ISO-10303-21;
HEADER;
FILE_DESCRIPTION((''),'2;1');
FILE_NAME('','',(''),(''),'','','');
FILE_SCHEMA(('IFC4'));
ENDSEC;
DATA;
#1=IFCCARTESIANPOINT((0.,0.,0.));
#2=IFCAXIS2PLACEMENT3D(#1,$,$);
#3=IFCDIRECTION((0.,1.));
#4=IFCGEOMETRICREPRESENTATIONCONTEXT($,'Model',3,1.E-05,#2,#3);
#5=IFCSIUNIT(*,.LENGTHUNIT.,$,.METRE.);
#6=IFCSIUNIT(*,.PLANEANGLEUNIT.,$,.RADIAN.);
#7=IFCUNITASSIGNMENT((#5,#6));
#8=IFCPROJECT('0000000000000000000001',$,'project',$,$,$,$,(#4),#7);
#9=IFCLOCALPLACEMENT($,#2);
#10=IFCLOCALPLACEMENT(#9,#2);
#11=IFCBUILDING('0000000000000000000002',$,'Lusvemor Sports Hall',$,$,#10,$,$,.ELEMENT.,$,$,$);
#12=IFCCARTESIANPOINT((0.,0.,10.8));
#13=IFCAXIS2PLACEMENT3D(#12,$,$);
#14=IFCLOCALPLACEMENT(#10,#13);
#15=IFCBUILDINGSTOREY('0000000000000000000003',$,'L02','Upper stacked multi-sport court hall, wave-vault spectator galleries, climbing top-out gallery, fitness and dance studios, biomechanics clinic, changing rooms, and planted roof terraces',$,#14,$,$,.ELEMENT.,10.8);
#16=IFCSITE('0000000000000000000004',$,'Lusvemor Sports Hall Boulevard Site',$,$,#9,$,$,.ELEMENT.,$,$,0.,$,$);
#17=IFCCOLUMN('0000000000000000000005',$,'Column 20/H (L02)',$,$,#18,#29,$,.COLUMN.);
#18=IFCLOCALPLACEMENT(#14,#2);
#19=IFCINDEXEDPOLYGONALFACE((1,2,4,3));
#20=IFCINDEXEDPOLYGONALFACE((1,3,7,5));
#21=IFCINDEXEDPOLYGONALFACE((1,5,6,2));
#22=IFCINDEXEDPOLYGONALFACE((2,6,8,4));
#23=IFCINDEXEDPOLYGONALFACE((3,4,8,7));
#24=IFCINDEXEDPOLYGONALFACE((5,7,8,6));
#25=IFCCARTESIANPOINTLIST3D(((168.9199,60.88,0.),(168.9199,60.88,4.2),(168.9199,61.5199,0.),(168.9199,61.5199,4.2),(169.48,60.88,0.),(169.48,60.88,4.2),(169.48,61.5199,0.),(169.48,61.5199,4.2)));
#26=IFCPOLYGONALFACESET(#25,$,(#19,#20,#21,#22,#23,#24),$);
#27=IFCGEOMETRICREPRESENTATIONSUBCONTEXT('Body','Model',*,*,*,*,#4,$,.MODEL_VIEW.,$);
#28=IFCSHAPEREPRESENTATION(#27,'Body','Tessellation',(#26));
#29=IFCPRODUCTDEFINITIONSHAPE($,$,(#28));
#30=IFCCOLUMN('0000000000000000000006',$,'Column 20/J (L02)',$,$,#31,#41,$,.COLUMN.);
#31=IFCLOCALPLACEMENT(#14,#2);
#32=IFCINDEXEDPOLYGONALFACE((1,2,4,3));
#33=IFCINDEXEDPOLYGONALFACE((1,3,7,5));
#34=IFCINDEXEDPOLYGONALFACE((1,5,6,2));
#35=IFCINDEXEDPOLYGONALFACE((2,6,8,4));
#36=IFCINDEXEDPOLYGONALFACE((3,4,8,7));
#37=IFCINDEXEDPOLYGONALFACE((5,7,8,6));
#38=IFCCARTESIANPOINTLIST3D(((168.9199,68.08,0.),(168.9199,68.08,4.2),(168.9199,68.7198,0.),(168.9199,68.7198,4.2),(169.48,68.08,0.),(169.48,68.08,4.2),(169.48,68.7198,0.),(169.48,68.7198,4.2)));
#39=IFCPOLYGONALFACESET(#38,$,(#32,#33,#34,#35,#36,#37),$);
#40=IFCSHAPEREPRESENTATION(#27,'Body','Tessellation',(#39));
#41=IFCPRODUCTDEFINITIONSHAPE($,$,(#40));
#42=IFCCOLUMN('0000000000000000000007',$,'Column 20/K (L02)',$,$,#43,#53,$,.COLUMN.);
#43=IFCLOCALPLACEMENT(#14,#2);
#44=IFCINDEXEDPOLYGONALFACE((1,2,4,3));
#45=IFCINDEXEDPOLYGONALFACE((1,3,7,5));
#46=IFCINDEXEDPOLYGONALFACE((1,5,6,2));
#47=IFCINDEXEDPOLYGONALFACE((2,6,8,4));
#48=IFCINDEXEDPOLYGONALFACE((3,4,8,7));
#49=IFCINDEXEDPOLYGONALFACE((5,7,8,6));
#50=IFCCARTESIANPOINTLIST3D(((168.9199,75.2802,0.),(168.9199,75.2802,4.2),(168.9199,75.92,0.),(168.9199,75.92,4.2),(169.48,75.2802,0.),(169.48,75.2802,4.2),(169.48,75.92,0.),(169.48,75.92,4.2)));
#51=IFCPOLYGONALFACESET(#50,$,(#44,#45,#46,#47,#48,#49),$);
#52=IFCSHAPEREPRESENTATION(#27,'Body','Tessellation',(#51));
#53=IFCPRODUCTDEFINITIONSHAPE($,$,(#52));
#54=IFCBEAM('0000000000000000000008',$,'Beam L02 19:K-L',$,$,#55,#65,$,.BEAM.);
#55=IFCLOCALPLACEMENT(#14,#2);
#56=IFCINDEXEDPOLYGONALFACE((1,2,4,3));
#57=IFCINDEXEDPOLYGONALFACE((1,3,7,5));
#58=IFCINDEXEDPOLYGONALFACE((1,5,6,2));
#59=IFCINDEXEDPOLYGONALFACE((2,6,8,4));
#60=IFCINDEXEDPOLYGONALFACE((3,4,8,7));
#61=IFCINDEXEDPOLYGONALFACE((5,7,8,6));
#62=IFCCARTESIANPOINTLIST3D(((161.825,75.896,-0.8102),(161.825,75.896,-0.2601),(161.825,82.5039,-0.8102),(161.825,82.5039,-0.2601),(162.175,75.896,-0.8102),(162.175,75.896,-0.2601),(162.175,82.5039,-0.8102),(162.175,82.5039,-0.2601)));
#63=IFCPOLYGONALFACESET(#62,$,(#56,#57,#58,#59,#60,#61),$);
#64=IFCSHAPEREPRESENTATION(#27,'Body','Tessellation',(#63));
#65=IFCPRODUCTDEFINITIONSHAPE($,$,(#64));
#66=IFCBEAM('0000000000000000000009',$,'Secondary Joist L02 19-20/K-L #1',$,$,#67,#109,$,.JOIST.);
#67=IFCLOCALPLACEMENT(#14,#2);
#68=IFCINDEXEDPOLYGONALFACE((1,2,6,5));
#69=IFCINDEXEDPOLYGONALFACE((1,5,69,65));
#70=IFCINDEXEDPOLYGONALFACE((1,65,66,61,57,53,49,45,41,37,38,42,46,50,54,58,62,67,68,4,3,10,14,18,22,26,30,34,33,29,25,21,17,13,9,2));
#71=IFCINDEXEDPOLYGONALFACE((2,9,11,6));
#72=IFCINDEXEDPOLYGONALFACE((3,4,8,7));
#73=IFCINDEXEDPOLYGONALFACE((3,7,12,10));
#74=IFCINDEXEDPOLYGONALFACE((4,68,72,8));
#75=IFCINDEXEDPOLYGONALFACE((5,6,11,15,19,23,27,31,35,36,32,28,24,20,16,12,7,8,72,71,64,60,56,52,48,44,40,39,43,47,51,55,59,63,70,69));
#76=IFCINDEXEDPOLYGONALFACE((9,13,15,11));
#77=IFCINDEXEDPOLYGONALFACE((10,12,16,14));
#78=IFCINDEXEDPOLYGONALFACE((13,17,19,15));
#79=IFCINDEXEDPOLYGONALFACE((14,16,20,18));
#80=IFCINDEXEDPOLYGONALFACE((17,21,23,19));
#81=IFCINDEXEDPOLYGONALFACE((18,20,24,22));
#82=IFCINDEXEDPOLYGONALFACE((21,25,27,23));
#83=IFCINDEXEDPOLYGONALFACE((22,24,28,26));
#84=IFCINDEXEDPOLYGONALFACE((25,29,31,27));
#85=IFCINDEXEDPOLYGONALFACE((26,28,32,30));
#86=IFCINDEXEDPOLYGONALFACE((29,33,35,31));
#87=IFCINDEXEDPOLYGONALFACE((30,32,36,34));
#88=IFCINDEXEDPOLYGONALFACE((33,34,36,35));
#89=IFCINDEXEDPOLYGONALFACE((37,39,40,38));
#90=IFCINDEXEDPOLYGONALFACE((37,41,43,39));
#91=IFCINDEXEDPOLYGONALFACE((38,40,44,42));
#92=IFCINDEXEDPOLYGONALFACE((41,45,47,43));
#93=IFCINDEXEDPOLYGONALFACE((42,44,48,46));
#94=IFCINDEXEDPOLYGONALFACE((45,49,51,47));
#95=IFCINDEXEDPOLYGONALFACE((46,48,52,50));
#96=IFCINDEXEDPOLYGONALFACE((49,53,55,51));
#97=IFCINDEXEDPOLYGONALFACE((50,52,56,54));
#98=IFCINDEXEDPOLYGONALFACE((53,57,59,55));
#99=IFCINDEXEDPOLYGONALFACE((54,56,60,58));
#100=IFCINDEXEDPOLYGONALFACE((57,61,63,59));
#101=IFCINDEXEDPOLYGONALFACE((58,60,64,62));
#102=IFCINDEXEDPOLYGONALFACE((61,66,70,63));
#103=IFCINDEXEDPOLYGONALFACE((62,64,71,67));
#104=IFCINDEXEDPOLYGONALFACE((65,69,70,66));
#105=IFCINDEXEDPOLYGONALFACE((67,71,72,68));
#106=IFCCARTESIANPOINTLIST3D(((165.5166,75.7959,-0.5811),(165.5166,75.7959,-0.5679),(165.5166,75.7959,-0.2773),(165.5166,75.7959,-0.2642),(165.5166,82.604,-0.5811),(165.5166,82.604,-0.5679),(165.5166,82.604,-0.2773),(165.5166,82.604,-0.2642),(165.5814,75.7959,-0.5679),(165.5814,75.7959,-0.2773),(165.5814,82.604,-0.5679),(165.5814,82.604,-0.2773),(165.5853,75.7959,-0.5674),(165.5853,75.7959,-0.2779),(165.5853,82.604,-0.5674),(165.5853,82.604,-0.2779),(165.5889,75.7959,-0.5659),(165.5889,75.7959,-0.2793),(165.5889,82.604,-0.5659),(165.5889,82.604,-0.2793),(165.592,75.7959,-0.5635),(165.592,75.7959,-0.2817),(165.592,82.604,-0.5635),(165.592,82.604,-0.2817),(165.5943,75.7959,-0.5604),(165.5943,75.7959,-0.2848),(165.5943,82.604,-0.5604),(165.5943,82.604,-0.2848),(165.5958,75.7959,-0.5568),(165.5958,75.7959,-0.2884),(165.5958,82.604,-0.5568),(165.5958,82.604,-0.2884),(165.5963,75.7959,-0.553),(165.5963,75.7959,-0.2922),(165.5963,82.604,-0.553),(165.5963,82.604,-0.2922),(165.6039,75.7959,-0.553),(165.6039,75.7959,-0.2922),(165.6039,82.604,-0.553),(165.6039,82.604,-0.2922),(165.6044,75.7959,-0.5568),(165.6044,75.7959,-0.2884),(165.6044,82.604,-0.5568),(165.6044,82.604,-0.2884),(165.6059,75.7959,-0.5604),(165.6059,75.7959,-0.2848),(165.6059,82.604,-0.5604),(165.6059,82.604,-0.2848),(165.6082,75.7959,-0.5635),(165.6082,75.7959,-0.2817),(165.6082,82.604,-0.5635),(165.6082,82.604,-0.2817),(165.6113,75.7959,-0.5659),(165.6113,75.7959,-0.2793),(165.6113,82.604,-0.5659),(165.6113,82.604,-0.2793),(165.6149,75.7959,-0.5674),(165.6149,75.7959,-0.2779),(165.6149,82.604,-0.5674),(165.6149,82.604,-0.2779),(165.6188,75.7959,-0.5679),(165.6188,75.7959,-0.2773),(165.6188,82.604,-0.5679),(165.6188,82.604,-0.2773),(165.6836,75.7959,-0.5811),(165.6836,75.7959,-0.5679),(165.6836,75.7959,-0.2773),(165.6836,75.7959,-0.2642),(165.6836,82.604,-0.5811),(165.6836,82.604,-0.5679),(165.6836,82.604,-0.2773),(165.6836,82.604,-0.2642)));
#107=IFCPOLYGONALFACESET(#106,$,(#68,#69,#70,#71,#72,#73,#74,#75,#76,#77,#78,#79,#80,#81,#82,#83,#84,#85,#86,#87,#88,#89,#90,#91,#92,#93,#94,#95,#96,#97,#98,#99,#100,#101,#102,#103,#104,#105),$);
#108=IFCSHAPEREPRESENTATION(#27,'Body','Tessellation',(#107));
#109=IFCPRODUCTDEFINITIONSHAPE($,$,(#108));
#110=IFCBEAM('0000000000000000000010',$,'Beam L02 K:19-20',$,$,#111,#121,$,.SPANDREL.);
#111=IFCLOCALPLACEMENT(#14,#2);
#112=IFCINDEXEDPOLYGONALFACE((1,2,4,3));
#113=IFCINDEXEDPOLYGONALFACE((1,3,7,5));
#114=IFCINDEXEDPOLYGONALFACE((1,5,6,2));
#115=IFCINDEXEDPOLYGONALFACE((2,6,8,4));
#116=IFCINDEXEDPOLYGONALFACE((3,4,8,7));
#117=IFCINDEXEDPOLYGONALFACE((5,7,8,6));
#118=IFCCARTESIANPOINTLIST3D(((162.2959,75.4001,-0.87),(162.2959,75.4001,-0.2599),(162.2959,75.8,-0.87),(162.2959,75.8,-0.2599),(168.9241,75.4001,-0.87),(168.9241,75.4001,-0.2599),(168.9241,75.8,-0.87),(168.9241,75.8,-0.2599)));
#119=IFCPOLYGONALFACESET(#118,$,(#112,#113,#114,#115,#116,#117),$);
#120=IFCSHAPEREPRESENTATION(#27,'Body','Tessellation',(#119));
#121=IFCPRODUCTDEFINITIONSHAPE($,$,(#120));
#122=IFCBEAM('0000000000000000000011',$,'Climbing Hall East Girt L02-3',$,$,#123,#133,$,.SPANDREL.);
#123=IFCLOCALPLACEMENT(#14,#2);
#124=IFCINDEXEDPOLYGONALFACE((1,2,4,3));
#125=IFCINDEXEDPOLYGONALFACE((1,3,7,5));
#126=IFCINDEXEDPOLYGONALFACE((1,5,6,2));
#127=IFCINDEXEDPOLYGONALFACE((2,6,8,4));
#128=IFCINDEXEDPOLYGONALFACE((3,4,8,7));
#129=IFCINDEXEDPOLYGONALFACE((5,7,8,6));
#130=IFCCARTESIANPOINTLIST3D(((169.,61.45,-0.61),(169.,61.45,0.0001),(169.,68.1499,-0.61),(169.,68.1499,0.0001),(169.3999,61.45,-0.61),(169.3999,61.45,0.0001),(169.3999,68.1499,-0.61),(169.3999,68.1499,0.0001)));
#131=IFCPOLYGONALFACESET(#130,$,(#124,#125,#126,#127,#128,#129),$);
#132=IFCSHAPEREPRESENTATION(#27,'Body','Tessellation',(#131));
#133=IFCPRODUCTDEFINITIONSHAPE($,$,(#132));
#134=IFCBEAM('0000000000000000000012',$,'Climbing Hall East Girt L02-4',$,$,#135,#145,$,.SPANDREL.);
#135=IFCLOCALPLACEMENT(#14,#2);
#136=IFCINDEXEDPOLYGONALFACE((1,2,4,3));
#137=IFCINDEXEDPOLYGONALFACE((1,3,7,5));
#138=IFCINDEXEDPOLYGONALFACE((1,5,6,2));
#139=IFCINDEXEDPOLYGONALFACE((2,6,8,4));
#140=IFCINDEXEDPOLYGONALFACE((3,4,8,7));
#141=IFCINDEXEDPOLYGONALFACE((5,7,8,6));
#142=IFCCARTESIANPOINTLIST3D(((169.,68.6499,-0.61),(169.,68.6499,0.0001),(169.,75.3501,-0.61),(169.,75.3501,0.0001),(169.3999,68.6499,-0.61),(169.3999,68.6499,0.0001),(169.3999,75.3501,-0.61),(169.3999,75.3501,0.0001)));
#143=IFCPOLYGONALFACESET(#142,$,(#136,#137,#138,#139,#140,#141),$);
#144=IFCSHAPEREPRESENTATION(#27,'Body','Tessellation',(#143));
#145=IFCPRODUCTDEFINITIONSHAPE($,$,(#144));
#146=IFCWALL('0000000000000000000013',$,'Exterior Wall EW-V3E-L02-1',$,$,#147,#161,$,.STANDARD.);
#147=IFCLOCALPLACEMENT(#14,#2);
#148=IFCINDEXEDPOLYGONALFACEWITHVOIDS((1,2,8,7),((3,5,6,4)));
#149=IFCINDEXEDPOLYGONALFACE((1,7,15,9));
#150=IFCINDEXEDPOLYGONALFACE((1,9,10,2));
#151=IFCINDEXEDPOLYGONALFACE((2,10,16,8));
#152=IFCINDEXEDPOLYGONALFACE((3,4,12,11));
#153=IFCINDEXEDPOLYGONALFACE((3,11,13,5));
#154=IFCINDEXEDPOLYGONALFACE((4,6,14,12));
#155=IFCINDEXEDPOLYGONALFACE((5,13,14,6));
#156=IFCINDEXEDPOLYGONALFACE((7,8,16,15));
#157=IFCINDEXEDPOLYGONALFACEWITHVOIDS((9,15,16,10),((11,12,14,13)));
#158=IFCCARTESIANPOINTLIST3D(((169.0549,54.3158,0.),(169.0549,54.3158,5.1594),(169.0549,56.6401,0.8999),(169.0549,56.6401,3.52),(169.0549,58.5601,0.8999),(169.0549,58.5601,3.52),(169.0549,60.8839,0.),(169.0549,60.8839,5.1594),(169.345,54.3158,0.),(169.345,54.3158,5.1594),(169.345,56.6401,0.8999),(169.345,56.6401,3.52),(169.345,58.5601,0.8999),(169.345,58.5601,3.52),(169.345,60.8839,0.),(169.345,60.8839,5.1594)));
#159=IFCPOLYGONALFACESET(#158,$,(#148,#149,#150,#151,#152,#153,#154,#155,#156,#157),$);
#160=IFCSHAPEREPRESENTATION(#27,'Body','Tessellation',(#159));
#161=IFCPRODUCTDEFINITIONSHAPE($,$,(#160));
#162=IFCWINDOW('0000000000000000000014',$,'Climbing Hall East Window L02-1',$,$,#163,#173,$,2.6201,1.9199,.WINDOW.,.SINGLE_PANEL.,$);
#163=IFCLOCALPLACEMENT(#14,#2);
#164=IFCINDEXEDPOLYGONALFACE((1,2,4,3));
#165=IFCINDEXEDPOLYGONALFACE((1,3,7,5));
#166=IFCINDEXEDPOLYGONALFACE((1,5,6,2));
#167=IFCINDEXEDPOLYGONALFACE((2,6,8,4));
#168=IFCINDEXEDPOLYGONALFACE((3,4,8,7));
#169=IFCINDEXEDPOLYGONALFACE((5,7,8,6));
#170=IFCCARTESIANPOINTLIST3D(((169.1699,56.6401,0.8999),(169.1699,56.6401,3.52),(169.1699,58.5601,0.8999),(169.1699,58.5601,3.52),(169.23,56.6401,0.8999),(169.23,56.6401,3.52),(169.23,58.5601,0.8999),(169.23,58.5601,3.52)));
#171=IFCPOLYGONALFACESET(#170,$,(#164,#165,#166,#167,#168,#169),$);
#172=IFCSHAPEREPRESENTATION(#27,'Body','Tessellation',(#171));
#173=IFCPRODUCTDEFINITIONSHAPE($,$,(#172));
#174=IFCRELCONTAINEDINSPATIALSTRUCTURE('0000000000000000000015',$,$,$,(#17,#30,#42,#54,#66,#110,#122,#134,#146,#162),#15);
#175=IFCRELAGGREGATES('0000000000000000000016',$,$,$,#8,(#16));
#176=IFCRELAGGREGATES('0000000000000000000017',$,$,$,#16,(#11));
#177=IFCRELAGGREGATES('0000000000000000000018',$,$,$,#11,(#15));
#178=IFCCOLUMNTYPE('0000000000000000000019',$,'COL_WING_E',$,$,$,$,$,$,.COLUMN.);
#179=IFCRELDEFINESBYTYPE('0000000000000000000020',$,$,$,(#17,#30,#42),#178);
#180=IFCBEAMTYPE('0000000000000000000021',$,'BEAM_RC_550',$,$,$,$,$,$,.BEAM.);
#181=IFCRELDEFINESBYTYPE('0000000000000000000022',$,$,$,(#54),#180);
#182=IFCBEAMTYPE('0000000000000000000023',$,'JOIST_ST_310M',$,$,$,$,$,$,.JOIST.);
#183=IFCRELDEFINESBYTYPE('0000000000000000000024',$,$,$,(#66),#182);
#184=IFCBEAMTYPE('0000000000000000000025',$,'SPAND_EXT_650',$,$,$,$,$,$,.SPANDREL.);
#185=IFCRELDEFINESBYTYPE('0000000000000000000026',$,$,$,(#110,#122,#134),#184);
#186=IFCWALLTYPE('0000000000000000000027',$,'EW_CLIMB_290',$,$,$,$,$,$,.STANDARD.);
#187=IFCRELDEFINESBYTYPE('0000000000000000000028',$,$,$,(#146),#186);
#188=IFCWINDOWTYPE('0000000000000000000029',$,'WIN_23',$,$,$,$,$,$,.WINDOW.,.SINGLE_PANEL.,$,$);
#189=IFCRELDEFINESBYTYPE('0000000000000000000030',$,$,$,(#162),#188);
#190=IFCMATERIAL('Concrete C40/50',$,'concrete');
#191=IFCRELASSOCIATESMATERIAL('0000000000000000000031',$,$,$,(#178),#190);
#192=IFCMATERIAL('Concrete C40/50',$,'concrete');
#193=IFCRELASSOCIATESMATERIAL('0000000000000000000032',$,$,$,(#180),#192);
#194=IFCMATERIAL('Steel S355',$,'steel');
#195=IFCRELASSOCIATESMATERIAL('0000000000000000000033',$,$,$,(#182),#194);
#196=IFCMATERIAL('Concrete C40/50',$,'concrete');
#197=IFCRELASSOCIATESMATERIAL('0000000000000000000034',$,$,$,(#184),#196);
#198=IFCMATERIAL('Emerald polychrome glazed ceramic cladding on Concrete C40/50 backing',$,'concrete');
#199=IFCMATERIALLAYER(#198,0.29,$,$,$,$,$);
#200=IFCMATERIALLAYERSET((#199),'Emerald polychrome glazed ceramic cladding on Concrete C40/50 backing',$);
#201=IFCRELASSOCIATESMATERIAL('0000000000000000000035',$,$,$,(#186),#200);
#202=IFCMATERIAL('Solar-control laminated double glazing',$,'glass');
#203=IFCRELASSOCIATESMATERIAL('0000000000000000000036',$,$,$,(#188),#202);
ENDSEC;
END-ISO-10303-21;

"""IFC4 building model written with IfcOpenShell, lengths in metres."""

from ifc_helpers import new_model, si_unit, direction, frame, frame_2d, origin, origin_2d, place, context, subcontext, project, spatial, rectangle, i_section, extrude, material, layer, layer_set, material_profile, profile_set, type_object, element, fill, save


model = new_model("IFC4")

# Units and contexts
model_context = context("Model", 3, precision=1e-05, world=origin(), true_north=direction((0.0, 1.0)))
body_context = subcontext(model_context, "Body", "Model", "MODEL_VIEW")
ifc_project = project(units=[si_unit("LENGTHUNIT", "METRE"), si_unit("PLANEANGLEUNIT", "RADIAN")], contexts=[model_context])

# Site, building, storey
site_placement = place(None, origin())
site = spatial("IfcSite", under=ifc_project, at=site_placement, Name="Lusvemor Sports Hall Boulevard Site", CompositionType="ELEMENT", RefElevation=0.0)
building_placement = place(site_placement, origin())
building = spatial("IfcBuilding", under=site, at=building_placement, Name="Lusvemor Sports Hall", CompositionType="ELEMENT")
storey_placement = place(building_placement, frame((0.0, 0.0, 10.8)))
storey = spatial("IfcBuildingStorey", under=building, at=storey_placement, Name="L02", Description="Upper stacked multi-sport court hall, wave-vault spectator galleries, climbing top-out gallery, fitness and dance studios, biomechanics clinic, changing rooms, and planted roof terraces", CompositionType="ELEMENT", Elevation=10.8)

# Columns
ifc_material_1 = material(Name="Concrete C40/50", Category="concrete")
ifc_material_profile_1 = material_profile(ifc_material_1, rectangle(XDim=0.5601, YDim=0.6399, at=origin_2d()), Name="RC560x640")
ifc_profile_set_1 = profile_set([ifc_material_profile_1], Name="Concrete C40/50")
column_type = type_object("IfcColumnType", Name="COL_WING_E", PredefinedType="COLUMN", material=ifc_profile_set_1)
for number, where, z_axis, x_axis, name in (
    (1, (169.2, 61.2, 0.0), (0.0, 0.0, 1.0), (1.0, 0.0, 0.0), "Column 20/H (L02)"),
    (2, (169.2, 68.3999, 0.0), (0.0, 0.0, 1.0), (1.0, 0.0, 0.0), "Column 20/J (L02)"),
    (3, (169.2, 75.6001, 0.0), (0.0, 0.0, 1.0), (1.0, 0.0, 0.0), "Column 20/K (L02)"),
):
    element("IfcColumn", number, at=place(storey_placement, frame(where, z_axis=z_axis, x_axis=x_axis)), inside=storey, type_object=column_type, Name=name, PredefinedType="COLUMN", context=body_context, shape_type="SweptSolid", body=[
        extrude(rectangle(XDim=0.5601, YDim=0.6399, at=origin_2d()), origin(), (0.0, 0.0, 1.0), 4.2),
    ])

# Beams
ifc_material_2 = material(Name="Concrete C40/50", Category="concrete")
ifc_material_profile_2 = material_profile(ifc_material_2, rectangle(XDim=0.3501, YDim=0.55, at=origin_2d()), Name="RC350x550")
ifc_profile_set_2 = profile_set([ifc_material_profile_2], Name="Concrete C40/50")
beam_type_1 = type_object("IfcBeamType", Name="BEAM_RC_550", PredefinedType="BEAM", material=ifc_profile_set_2)
beam_1_placement = place(storey_placement, frame((162.0, 75.896, -0.5352), z_axis=(0.0, 1.0, 0.0), x_axis=(-1.0, 0.0, 0.0)))
element("IfcBeam", 4, at=beam_1_placement, inside=storey, type_object=beam_type_1, Name="Beam L02 19:K-L", PredefinedType="BEAM", context=body_context, shape_type="SweptSolid", body=[
    extrude(rectangle(XDim=0.3501, YDim=0.55, at=origin_2d()), origin(), (0.0, 0.0, 1.0), 6.6079),
])
ifc_material_3 = material(Name="Steel S355", Category="steel")
ifc_material_profile_3 = material_profile(ifc_material_3, i_section(OverallWidth=0.167, OverallDepth=0.3169, WebThickness=0.0076, FlangeThickness=0.0132, FilletRadius=0.0149, at=origin_2d()), Name="W310x52.0")
ifc_profile_set_3 = profile_set([ifc_material_profile_3], Name="Steel S355")
beam_type_2 = type_object("IfcBeamType", Name="JOIST_ST_310M", PredefinedType="JOIST", material=ifc_profile_set_3)
beam_2_placement = place(storey_placement, frame((165.6001, 75.7959, -0.4226), z_axis=(0.0, 1.0, 0.0), x_axis=(-1.0, 0.0, 0.0)))
element("IfcBeam", 5, at=beam_2_placement, inside=storey, type_object=beam_type_2, Name="Secondary Joist L02 19-20/K-L #1", PredefinedType="JOIST", context=body_context, shape_type="SweptSolid", body=[
    extrude(i_section(OverallWidth=0.167, OverallDepth=0.3169, WebThickness=0.0076, FlangeThickness=0.0132, FilletRadius=0.0149, at=origin_2d()), origin(), (0.0, 0.0, 1.0), 6.8081),
])
ifc_material_4 = material(Name="Concrete C40/50", Category="concrete")
ifc_material_profile_4 = material_profile(ifc_material_4, rectangle(XDim=0.3999, YDim=0.6101, at=origin_2d()), Name="RC400x610")
ifc_profile_set_4 = profile_set([ifc_material_profile_4], Name="Concrete C40/50")
beam_type_3 = type_object("IfcBeamType", Name="SPAND_EXT_650", PredefinedType="SPANDREL", material=ifc_profile_set_4)
beam_3_placement = place(storey_placement, frame((162.2959, 75.6001, -0.5649), z_axis=(1.0, 0.0, 0.0), x_axis=(0.0, 1.0, 0.0)))
element("IfcBeam", 6, at=beam_3_placement, inside=storey, type_object=beam_type_3, Name="Beam L02 K:19-20", PredefinedType="SPANDREL", context=body_context, shape_type="SweptSolid", body=[
    extrude(rectangle(XDim=0.3999, YDim=0.6101, at=origin_2d()), origin(), (0.0, 0.0, 1.0), 6.6282),
])
beam_4_placement = place(storey_placement, frame((169.2, 61.45, -0.3049), z_axis=(0.0, 1.0, 0.0), x_axis=(-1.0, 0.0, 0.0)))
element("IfcBeam", 7, at=beam_4_placement, inside=storey, type_object=beam_type_3, Name="Climbing Hall East Girt L02-3", PredefinedType="SPANDREL", context=body_context, shape_type="SweptSolid", body=[
    extrude(rectangle(XDim=0.3999, YDim=0.6101, at=origin_2d()), origin(), (0.0, 0.0, 1.0), 6.7),
])
beam_5_placement = place(storey_placement, frame((169.2, 68.6499, -0.3049), z_axis=(0.0, 1.0, 0.0), x_axis=(-1.0, 0.0, 0.0)))
element("IfcBeam", 8, at=beam_5_placement, inside=storey, type_object=beam_type_3, Name="Climbing Hall East Girt L02-4", PredefinedType="SPANDREL", context=body_context, shape_type="SweptSolid", body=[
    extrude(rectangle(XDim=0.3999, YDim=0.6101, at=origin_2d()), origin(), (0.0, 0.0, 1.0), 6.7002),
])

# Wall, opening, window
ifc_material_5 = material(Name="Emerald polychrome glazed ceramic cladding on Concrete C40/50 backing", Category="concrete")
ifc_layer_1 = layer(ifc_material_5, 0.29)
ifc_layer_set_1 = layer_set([ifc_layer_1], Name="Emerald polychrome glazed ceramic cladding on Concrete C40/50 backing")
wall_type = type_object("IfcWallType", Name="EW_CLIMB_290", PredefinedType="STANDARD", material=ifc_layer_set_1)
wall_1_placement = place(storey_placement, frame((169.2, 60.884, 0.0), z_axis=(0.0, 0.0, 1.0), x_axis=(0.0, -1.0, 0.0)))
wall_1 = element("IfcWall", 9, at=wall_1_placement, inside=storey, type_object=wall_type, Name="Exterior Wall EW-V3E-L02-1", PredefinedType="STANDARD", context=body_context, shape_type="SweptSolid", body=[
    extrude(rectangle(XDim=6.5681, YDim=0.29, at=frame_2d((3.2842, 0.0))), origin(), (0.0, 0.0, 1.0), 5.1594),
])
opening_1_placement = place(wall_1_placement, frame((2.324, 0.0, 0.8999)))
opening_1 = element("IfcOpeningElement", 10, at=opening_1_placement, cuts=wall_1, PredefinedType="OPENING", context=body_context, shape_type="SweptSolid", body=[
    extrude(rectangle(XDim=1.9199, YDim=2.6201, at=frame_2d((0.96, 1.3101))), frame((0.0, 0.145, 0.0), z_axis=(0.0, -1.0, 0.0), x_axis=(1.0, 0.0, 0.0)), (0.0, 0.0, 1.0), 0.29),
])
ifc_material_6 = material(Name="Solar-control laminated double glazing", Category="glass")
window_type_1 = type_object("IfcWindowType", Name="WIN_23", PartitioningType="SINGLE_PANEL", PredefinedType="WINDOW", material=ifc_material_6)
window_1_placement = place(opening_1_placement, origin())
window_1 = element("IfcWindow", 11, at=window_1_placement, inside=storey, type_object=window_type_1, Name="Climbing Hall East Window L02-1", OverallHeight=2.6201, OverallWidth=1.9199, PartitioningType="SINGLE_PANEL", PredefinedType="WINDOW", context=body_context, shape_type="SweptSolid", body=[
    extrude(rectangle(XDim=1.9199, YDim=2.6201, at=frame_2d((0.96, 1.3101))), frame((0.0, 0.03, 0.0), z_axis=(0.0, -1.0, 0.0), x_axis=(1.0, 0.0, 0.0)), (0.0, 0.0, 1.0), 0.0601),
])
fill(opening_1, window_1)

save(model, "model.ifc")
